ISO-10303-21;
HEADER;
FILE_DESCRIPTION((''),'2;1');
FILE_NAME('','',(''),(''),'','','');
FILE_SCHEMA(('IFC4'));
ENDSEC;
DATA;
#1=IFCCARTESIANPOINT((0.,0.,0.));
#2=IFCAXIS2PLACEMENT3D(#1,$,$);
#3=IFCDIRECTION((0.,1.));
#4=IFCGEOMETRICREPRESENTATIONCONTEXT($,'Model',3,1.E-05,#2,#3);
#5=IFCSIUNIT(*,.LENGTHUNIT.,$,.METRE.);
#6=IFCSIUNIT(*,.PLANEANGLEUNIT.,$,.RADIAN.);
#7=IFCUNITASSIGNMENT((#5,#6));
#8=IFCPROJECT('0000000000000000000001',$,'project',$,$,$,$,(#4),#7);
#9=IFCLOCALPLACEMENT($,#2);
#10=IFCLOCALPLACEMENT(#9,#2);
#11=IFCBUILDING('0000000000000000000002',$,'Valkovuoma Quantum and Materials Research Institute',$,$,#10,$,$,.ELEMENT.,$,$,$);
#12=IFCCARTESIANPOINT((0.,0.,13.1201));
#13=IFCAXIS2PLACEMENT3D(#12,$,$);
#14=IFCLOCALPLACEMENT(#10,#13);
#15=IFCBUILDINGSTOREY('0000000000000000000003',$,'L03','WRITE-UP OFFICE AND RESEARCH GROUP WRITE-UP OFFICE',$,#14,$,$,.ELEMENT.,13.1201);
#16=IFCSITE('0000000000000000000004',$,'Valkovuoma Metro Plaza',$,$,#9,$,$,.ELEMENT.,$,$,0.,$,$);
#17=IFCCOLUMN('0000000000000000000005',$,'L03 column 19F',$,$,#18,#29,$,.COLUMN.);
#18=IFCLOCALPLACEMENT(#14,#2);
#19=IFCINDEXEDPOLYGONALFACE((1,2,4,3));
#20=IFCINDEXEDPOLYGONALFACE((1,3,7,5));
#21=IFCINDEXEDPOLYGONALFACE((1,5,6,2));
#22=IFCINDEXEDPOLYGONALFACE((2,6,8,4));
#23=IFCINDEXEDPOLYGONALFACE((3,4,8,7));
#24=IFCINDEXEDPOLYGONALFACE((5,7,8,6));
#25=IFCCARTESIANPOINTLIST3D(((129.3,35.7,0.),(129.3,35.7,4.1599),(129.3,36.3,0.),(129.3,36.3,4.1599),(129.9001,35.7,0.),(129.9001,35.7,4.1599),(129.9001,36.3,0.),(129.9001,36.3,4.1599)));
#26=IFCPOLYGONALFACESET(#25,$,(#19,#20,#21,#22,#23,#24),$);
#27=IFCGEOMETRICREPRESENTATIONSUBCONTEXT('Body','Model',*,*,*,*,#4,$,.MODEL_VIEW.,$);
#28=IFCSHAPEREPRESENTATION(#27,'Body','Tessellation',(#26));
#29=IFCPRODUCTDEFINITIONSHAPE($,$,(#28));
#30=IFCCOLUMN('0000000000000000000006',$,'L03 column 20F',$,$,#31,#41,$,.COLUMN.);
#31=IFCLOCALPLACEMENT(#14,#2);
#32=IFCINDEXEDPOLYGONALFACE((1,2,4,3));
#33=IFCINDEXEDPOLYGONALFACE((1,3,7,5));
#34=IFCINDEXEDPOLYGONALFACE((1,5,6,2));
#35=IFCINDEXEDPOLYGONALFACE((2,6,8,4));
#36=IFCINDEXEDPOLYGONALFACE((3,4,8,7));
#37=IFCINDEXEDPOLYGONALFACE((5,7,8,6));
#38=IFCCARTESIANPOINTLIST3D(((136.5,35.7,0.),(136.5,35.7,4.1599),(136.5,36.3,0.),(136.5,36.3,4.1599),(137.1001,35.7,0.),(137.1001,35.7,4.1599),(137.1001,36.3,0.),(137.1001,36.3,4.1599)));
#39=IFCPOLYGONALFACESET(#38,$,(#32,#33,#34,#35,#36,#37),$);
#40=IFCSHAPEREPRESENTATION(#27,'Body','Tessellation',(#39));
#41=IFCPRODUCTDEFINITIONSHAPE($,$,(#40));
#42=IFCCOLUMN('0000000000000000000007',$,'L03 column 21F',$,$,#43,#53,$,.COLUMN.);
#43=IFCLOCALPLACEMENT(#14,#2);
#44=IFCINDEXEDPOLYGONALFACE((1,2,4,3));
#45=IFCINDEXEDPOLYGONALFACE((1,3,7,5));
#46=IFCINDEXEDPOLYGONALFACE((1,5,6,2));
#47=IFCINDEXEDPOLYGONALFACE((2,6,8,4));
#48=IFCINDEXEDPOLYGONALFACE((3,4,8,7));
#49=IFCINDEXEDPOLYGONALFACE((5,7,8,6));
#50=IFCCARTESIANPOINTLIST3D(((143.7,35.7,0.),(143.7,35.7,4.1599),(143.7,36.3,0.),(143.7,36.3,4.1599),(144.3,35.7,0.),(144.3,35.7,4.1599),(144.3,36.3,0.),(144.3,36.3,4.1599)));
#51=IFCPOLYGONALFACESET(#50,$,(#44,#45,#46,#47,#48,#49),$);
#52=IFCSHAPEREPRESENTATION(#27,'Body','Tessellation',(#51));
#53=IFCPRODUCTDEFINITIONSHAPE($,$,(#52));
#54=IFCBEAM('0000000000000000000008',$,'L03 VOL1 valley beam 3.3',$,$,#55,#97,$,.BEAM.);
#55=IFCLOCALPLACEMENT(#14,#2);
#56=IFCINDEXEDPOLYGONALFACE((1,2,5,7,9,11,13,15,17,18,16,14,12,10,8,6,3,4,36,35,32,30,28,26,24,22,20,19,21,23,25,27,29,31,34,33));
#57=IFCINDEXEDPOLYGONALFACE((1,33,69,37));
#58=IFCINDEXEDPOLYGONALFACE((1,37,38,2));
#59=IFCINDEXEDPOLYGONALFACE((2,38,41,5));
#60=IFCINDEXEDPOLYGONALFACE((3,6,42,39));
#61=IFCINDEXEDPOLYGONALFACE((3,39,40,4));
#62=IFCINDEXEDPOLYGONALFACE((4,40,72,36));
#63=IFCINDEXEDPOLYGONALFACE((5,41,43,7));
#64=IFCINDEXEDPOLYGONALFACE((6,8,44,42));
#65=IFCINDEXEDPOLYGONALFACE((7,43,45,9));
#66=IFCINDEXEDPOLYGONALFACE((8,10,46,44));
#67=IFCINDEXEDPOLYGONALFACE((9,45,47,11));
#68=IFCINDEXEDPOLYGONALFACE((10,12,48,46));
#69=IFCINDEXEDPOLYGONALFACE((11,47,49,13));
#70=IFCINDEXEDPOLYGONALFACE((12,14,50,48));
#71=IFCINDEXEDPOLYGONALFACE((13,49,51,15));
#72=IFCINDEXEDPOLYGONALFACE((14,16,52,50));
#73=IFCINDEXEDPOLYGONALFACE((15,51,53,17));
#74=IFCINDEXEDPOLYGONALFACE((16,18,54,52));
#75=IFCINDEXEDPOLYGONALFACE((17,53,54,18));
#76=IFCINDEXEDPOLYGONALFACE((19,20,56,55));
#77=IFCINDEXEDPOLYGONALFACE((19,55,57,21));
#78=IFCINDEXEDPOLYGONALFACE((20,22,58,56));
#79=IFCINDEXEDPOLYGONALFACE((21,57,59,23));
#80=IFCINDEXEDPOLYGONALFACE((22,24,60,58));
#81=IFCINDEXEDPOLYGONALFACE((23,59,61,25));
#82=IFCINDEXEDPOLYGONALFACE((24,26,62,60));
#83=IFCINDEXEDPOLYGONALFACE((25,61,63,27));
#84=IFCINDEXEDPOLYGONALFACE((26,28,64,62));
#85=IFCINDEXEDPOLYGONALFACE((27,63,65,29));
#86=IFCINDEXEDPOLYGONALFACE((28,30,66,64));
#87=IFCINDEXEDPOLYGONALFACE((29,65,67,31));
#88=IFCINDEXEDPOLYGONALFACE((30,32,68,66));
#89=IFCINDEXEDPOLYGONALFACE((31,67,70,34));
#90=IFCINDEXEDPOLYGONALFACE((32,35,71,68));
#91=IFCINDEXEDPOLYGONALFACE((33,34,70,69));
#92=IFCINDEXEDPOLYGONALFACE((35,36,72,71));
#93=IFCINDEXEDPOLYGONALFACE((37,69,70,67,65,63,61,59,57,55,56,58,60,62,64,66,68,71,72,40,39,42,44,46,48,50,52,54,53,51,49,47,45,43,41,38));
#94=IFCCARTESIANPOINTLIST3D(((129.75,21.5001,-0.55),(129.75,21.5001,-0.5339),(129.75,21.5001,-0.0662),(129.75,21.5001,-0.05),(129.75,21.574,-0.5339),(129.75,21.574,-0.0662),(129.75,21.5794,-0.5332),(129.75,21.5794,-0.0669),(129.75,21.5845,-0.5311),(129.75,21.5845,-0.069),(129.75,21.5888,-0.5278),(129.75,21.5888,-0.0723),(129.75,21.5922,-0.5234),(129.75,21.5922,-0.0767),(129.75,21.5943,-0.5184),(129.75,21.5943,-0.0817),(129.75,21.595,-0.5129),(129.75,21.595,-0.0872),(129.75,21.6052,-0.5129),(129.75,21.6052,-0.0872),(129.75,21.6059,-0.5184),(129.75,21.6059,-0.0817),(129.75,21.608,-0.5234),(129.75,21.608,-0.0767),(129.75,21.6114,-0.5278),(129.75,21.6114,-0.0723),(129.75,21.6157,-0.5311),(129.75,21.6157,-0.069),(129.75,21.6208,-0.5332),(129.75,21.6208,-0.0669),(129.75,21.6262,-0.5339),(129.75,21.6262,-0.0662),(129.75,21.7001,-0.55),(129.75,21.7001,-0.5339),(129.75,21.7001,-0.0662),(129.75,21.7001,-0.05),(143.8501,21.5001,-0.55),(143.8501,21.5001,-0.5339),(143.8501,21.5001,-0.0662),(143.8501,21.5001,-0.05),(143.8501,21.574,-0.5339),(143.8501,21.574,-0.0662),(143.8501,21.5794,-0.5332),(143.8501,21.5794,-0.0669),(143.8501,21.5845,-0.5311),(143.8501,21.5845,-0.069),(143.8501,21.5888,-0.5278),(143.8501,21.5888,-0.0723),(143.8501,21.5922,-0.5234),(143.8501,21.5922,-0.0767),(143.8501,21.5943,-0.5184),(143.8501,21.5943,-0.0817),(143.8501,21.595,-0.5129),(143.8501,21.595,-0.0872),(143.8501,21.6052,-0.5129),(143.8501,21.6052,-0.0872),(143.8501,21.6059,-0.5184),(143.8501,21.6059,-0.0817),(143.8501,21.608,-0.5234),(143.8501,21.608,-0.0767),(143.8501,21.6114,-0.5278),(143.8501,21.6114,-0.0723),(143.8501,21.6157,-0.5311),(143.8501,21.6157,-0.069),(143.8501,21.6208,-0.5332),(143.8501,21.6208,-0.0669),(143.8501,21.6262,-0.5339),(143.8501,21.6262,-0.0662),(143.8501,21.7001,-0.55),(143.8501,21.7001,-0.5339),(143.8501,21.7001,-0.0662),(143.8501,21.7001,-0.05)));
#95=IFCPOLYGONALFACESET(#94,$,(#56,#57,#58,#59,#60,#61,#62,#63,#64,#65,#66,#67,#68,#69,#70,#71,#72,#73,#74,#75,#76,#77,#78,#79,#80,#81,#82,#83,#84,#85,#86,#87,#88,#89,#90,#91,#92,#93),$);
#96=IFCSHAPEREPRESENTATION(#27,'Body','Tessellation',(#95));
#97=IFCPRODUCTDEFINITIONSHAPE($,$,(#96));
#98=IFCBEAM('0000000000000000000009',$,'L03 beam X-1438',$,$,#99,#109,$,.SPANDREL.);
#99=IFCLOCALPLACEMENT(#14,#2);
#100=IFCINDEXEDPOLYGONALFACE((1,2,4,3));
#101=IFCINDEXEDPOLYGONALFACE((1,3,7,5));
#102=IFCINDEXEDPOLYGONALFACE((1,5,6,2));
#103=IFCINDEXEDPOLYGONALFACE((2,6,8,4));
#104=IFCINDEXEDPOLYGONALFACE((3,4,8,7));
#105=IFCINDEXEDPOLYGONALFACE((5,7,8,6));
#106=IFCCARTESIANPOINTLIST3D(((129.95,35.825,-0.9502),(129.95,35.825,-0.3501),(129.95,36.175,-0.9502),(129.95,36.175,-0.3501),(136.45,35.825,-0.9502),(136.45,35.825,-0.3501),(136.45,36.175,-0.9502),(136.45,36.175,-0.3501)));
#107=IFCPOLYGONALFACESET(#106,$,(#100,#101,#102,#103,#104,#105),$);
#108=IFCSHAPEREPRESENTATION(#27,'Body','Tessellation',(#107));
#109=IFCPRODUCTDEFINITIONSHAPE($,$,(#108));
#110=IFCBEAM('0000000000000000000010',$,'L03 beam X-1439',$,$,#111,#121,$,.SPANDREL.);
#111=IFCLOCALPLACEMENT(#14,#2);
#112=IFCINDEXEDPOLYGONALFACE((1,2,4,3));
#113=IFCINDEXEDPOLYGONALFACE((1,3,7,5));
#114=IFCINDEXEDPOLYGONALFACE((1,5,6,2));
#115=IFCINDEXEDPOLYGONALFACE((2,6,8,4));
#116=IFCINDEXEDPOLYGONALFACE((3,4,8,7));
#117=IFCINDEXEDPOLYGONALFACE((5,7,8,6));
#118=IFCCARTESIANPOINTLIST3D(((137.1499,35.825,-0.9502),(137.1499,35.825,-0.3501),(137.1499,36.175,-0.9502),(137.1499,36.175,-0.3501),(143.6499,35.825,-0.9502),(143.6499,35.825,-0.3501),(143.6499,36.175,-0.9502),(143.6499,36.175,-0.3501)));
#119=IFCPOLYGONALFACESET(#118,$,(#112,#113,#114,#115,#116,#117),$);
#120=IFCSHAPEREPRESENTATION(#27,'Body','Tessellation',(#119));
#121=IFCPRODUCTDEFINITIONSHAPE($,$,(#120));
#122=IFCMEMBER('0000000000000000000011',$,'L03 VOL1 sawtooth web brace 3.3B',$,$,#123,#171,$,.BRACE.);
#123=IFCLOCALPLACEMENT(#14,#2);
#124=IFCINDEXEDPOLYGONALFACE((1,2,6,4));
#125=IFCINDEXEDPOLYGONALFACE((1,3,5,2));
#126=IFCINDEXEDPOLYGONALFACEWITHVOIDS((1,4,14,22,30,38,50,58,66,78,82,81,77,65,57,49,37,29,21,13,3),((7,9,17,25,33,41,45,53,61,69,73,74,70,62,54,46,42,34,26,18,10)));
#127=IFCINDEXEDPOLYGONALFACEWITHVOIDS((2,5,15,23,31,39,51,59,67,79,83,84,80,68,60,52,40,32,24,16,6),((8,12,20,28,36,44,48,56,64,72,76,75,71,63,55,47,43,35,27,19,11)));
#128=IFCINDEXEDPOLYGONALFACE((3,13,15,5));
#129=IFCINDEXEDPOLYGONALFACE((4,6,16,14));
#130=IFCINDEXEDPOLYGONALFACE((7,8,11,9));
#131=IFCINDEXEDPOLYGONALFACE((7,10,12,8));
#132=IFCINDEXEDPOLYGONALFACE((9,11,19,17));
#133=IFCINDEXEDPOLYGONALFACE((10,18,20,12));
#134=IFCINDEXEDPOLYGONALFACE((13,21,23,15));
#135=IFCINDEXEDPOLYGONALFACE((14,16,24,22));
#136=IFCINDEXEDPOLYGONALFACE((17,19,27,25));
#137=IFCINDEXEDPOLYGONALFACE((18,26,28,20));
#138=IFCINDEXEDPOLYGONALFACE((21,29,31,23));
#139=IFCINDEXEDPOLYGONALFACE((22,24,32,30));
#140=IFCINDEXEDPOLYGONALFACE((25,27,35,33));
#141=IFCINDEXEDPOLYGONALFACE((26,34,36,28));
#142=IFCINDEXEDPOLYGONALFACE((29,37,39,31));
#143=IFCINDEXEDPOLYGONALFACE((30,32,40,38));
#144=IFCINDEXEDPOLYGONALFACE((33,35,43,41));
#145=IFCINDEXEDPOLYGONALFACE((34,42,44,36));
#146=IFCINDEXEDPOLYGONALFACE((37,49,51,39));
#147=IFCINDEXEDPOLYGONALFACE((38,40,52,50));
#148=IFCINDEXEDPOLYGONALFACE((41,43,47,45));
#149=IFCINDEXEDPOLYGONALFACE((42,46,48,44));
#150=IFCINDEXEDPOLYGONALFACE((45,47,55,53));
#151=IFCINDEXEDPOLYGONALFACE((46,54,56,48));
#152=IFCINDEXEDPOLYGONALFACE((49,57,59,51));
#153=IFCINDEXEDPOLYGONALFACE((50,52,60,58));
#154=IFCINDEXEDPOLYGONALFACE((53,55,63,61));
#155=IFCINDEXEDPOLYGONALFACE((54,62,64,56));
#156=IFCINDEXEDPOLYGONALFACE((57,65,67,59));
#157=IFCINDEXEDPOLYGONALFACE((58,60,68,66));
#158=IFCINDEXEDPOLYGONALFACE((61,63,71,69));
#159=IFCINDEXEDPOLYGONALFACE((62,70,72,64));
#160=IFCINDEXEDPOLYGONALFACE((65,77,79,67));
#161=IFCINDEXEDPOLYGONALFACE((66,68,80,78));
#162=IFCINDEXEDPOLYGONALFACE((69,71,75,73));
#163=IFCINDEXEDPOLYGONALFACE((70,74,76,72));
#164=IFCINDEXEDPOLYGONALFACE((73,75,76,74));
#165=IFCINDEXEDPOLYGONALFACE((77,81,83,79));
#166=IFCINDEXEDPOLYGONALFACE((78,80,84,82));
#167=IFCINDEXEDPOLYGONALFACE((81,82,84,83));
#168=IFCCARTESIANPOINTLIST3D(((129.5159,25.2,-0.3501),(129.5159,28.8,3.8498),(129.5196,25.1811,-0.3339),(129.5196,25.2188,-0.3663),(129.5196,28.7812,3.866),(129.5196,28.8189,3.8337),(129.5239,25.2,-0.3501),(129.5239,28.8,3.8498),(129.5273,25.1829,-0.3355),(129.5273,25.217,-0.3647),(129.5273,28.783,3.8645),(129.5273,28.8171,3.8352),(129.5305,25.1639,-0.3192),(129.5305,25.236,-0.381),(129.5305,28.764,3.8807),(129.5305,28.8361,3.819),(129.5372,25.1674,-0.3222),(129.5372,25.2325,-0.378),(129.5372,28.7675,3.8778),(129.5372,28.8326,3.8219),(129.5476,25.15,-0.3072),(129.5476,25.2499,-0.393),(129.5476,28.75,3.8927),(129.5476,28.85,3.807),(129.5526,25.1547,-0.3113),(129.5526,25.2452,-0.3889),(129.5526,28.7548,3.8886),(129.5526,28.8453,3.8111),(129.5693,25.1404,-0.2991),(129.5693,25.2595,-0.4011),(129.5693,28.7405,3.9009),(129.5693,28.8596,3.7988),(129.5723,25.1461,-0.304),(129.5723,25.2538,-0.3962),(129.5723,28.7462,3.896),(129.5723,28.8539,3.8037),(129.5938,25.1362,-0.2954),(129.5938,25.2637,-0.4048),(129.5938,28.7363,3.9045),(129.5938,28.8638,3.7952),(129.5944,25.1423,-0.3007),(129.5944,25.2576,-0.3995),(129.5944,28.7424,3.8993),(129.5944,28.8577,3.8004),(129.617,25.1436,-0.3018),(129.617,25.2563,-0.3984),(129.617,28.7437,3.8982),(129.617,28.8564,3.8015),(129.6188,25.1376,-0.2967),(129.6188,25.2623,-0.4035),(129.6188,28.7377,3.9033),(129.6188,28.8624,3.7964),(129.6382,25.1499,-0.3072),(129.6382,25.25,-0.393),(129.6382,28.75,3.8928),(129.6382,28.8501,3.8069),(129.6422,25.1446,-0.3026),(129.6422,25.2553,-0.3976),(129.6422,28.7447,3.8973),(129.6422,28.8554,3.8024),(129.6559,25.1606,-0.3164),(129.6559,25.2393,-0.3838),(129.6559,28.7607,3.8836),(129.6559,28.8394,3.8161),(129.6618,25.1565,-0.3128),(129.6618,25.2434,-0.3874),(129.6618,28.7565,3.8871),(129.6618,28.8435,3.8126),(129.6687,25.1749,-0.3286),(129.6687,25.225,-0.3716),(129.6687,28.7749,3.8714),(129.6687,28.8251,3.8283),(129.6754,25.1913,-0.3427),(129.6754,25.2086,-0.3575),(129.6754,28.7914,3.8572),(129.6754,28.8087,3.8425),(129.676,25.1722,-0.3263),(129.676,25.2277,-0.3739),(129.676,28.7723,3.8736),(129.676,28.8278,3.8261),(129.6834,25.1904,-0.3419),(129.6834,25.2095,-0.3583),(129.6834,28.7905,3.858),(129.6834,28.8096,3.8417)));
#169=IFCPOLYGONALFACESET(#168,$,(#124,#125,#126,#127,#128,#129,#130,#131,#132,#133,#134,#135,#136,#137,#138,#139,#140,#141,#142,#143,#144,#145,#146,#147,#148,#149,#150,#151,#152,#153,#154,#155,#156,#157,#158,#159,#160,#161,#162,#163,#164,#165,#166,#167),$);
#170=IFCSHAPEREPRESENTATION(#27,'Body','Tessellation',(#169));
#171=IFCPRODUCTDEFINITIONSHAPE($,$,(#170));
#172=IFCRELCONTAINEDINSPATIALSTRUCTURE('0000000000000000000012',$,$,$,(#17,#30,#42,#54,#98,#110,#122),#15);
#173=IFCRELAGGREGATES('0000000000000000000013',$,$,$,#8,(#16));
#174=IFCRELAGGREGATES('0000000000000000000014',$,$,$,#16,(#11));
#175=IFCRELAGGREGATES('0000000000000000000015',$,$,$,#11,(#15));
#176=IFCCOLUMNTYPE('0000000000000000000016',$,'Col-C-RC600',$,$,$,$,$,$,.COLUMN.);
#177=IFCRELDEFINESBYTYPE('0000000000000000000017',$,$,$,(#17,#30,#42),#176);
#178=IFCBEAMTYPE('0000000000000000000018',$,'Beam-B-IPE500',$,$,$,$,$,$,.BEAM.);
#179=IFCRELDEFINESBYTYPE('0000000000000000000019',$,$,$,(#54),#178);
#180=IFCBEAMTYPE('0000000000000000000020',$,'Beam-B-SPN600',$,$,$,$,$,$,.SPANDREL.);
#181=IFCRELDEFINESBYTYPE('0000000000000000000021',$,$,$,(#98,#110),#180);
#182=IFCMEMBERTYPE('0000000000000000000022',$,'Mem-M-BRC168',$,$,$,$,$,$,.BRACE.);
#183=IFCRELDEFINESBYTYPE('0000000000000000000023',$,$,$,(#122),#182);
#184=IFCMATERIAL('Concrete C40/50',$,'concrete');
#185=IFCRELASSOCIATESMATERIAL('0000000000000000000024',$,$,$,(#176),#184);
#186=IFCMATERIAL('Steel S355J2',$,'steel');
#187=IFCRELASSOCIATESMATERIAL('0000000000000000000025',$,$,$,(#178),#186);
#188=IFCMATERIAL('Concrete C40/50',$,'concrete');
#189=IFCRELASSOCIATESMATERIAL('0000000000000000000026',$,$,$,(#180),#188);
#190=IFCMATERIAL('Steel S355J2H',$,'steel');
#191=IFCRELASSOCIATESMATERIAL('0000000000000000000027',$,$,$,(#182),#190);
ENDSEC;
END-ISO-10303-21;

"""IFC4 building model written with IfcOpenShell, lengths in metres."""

from ifc_helpers import new_model, si_unit, direction, frame, origin, origin_2d, place, context, subcontext, project, spatial, rectangle, hollow_circle, i_section, extrude, material, material_profile, profile_set, type_object, element, save


model = new_model("IFC4")

# Units and contexts
model_context = context("Model", 3, precision=1e-05, world=origin(), true_north=direction((0.0, 1.0)))
body_context = subcontext(model_context, "Body", "Model", "MODEL_VIEW")
ifc_project = project(units=[si_unit("LENGTHUNIT", "METRE"), si_unit("PLANEANGLEUNIT", "RADIAN")], contexts=[model_context])

# Site, building, storey
site_placement = place(None, origin())
site = spatial("IfcSite", under=ifc_project, at=site_placement, Name="Valkovuoma Metro Plaza", CompositionType="ELEMENT", RefElevation=0.0)
building_placement = place(site_placement, origin())
building = spatial("IfcBuilding", under=site, at=building_placement, Name="Valkovuoma Quantum and Materials Research Institute", CompositionType="ELEMENT")
storey_placement = place(building_placement, frame((0.0, 0.0, 13.1201)))
storey = spatial("IfcBuildingStorey", under=building, at=storey_placement, Name="L03", Description="WRITE-UP OFFICE AND RESEARCH GROUP WRITE-UP OFFICE", CompositionType="ELEMENT", Elevation=13.1201)

# Columns
ifc_material_1 = material(Name="Concrete C40/50", Category="concrete")
ifc_material_profile_1 = material_profile(ifc_material_1, rectangle(XDim=0.6001, YDim=0.6001, at=origin_2d()), Name="Concrete C40/50")
ifc_profile_set_1 = profile_set([ifc_material_profile_1], Name="Concrete C40/50")
column_type = type_object("IfcColumnType", Name="Col-C-RC600", PredefinedType="COLUMN", material=ifc_profile_set_1)
for number, where, z_axis, x_axis, name in (
    (1, (129.6001, 36.0, 0.0), (0.0, 0.0, 1.0), (1.0, 0.0, 0.0), "L03 column 19F"),
    (2, (136.8, 36.0, 0.0), (0.0, 0.0, 1.0), (1.0, 0.0, 0.0), "L03 column 20F"),
    (3, (144.0, 36.0, 0.0), (0.0, 0.0, 1.0), (1.0, 0.0, 0.0), "L03 column 21F"),
):
    element("IfcColumn", number, at=place(storey_placement, frame(where, z_axis=z_axis, x_axis=x_axis)), inside=storey, type_object=column_type, Name=name, PredefinedType="COLUMN", context=body_context, shape_type="SweptSolid", body=[
        extrude(rectangle(XDim=0.6001, YDim=0.6001, at=origin_2d()), origin(), (0.0, 0.0, 1.0), 4.1599),
    ])

# Beams
ifc_material_2 = material(Name="Steel S355J2", Category="steel")
ifc_material_profile_2 = material_profile(ifc_material_2, i_section(OverallWidth=0.2, OverallDepth=0.5, WebThickness=0.0103, FlangeThickness=0.0161, FilletRadius=0.021, at=origin_2d()), Name="Steel S355J2")
ifc_profile_set_2 = profile_set([ifc_material_profile_2], Name="Steel S355J2")
beam_type_1 = type_object("IfcBeamType", Name="Beam-B-IPE500", PredefinedType="BEAM", material=ifc_profile_set_2)
beam_placement = place(storey_placement, frame((129.75, 21.6001, -0.3), z_axis=(1.0, 0.0, 0.0), x_axis=(0.0, 1.0, 0.0)))
element("IfcBeam", 4, at=beam_placement, inside=storey, type_object=beam_type_1, Name="L03 VOL1 valley beam 3.3", PredefinedType="BEAM", context=body_context, shape_type="SweptSolid", body=[
    extrude(i_section(OverallWidth=0.2, OverallDepth=0.5, WebThickness=0.0103, FlangeThickness=0.0161, FilletRadius=0.021, at=origin_2d()), origin(), (0.0, 0.0, 1.0), 14.1001),
])
ifc_material_3 = material(Name="Concrete C40/50", Category="concrete")
ifc_material_profile_3 = material_profile(ifc_material_3, rectangle(XDim=0.3501, YDim=0.6001, at=origin_2d()), Name="Concrete C40/50")
ifc_profile_set_3 = profile_set([ifc_material_profile_3], Name="Concrete C40/50")
beam_type_2 = type_object("IfcBeamType", Name="Beam-B-SPN600", PredefinedType="SPANDREL", material=ifc_profile_set_3)
for number, where, z_axis, x_axis, name in (
    (5, (129.95, 36.0, -0.6501), (1.0, 0.0, 0.0), (0.0, 1.0, 0.0), "L03 beam X-1438"),
    (6, (137.1499, 36.0, -0.6501), (1.0, 0.0, 0.0), (0.0, 1.0, 0.0), "L03 beam X-1439"),
):
    element("IfcBeam", number, at=place(storey_placement, frame(where, z_axis=z_axis, x_axis=x_axis)), inside=storey, type_object=beam_type_2, Name=name, PredefinedType="SPANDREL", context=body_context, shape_type="SweptSolid", body=[
        extrude(rectangle(XDim=0.3501, YDim=0.6001, at=origin_2d()), origin(), (0.0, 0.0, 1.0), 6.5),
    ])

# Member
ifc_material_4 = material(Name="Steel S355J2H", Category="steel")
ifc_material_profile_4 = material_profile(ifc_material_4, hollow_circle(Radius=0.0842, WallThickness=0.0081, at=origin_2d()), Name="Steel S355J2H")
ifc_profile_set_4 = profile_set([ifc_material_profile_4], Name="Steel S355J2H")
member_type_1 = type_object("IfcMemberType", Name="Mem-M-BRC168", PredefinedType="BRACE", material=ifc_profile_set_4)
for number, where, z_axis, x_axis, name in (
    (7, (129.6001, 25.2, -0.3501), (0.0, 0.650806, 0.759244), (-1.0, 0.0, 0.0), "L03 VOL1 sawtooth web brace 3.3B"),
):
    element("IfcMember", number, at=place(storey_placement, frame(where, z_axis=z_axis, x_axis=x_axis)), inside=storey, type_object=member_type_1, Name=name, PredefinedType="BRACE", context=body_context, shape_type="SweptSolid", body=[
        extrude(hollow_circle(Radius=0.0842, WallThickness=0.0081, at=origin_2d()), origin(), (0.0, 0.0, 1.0), 5.5317),
    ])

save(model, "model.ifc")
